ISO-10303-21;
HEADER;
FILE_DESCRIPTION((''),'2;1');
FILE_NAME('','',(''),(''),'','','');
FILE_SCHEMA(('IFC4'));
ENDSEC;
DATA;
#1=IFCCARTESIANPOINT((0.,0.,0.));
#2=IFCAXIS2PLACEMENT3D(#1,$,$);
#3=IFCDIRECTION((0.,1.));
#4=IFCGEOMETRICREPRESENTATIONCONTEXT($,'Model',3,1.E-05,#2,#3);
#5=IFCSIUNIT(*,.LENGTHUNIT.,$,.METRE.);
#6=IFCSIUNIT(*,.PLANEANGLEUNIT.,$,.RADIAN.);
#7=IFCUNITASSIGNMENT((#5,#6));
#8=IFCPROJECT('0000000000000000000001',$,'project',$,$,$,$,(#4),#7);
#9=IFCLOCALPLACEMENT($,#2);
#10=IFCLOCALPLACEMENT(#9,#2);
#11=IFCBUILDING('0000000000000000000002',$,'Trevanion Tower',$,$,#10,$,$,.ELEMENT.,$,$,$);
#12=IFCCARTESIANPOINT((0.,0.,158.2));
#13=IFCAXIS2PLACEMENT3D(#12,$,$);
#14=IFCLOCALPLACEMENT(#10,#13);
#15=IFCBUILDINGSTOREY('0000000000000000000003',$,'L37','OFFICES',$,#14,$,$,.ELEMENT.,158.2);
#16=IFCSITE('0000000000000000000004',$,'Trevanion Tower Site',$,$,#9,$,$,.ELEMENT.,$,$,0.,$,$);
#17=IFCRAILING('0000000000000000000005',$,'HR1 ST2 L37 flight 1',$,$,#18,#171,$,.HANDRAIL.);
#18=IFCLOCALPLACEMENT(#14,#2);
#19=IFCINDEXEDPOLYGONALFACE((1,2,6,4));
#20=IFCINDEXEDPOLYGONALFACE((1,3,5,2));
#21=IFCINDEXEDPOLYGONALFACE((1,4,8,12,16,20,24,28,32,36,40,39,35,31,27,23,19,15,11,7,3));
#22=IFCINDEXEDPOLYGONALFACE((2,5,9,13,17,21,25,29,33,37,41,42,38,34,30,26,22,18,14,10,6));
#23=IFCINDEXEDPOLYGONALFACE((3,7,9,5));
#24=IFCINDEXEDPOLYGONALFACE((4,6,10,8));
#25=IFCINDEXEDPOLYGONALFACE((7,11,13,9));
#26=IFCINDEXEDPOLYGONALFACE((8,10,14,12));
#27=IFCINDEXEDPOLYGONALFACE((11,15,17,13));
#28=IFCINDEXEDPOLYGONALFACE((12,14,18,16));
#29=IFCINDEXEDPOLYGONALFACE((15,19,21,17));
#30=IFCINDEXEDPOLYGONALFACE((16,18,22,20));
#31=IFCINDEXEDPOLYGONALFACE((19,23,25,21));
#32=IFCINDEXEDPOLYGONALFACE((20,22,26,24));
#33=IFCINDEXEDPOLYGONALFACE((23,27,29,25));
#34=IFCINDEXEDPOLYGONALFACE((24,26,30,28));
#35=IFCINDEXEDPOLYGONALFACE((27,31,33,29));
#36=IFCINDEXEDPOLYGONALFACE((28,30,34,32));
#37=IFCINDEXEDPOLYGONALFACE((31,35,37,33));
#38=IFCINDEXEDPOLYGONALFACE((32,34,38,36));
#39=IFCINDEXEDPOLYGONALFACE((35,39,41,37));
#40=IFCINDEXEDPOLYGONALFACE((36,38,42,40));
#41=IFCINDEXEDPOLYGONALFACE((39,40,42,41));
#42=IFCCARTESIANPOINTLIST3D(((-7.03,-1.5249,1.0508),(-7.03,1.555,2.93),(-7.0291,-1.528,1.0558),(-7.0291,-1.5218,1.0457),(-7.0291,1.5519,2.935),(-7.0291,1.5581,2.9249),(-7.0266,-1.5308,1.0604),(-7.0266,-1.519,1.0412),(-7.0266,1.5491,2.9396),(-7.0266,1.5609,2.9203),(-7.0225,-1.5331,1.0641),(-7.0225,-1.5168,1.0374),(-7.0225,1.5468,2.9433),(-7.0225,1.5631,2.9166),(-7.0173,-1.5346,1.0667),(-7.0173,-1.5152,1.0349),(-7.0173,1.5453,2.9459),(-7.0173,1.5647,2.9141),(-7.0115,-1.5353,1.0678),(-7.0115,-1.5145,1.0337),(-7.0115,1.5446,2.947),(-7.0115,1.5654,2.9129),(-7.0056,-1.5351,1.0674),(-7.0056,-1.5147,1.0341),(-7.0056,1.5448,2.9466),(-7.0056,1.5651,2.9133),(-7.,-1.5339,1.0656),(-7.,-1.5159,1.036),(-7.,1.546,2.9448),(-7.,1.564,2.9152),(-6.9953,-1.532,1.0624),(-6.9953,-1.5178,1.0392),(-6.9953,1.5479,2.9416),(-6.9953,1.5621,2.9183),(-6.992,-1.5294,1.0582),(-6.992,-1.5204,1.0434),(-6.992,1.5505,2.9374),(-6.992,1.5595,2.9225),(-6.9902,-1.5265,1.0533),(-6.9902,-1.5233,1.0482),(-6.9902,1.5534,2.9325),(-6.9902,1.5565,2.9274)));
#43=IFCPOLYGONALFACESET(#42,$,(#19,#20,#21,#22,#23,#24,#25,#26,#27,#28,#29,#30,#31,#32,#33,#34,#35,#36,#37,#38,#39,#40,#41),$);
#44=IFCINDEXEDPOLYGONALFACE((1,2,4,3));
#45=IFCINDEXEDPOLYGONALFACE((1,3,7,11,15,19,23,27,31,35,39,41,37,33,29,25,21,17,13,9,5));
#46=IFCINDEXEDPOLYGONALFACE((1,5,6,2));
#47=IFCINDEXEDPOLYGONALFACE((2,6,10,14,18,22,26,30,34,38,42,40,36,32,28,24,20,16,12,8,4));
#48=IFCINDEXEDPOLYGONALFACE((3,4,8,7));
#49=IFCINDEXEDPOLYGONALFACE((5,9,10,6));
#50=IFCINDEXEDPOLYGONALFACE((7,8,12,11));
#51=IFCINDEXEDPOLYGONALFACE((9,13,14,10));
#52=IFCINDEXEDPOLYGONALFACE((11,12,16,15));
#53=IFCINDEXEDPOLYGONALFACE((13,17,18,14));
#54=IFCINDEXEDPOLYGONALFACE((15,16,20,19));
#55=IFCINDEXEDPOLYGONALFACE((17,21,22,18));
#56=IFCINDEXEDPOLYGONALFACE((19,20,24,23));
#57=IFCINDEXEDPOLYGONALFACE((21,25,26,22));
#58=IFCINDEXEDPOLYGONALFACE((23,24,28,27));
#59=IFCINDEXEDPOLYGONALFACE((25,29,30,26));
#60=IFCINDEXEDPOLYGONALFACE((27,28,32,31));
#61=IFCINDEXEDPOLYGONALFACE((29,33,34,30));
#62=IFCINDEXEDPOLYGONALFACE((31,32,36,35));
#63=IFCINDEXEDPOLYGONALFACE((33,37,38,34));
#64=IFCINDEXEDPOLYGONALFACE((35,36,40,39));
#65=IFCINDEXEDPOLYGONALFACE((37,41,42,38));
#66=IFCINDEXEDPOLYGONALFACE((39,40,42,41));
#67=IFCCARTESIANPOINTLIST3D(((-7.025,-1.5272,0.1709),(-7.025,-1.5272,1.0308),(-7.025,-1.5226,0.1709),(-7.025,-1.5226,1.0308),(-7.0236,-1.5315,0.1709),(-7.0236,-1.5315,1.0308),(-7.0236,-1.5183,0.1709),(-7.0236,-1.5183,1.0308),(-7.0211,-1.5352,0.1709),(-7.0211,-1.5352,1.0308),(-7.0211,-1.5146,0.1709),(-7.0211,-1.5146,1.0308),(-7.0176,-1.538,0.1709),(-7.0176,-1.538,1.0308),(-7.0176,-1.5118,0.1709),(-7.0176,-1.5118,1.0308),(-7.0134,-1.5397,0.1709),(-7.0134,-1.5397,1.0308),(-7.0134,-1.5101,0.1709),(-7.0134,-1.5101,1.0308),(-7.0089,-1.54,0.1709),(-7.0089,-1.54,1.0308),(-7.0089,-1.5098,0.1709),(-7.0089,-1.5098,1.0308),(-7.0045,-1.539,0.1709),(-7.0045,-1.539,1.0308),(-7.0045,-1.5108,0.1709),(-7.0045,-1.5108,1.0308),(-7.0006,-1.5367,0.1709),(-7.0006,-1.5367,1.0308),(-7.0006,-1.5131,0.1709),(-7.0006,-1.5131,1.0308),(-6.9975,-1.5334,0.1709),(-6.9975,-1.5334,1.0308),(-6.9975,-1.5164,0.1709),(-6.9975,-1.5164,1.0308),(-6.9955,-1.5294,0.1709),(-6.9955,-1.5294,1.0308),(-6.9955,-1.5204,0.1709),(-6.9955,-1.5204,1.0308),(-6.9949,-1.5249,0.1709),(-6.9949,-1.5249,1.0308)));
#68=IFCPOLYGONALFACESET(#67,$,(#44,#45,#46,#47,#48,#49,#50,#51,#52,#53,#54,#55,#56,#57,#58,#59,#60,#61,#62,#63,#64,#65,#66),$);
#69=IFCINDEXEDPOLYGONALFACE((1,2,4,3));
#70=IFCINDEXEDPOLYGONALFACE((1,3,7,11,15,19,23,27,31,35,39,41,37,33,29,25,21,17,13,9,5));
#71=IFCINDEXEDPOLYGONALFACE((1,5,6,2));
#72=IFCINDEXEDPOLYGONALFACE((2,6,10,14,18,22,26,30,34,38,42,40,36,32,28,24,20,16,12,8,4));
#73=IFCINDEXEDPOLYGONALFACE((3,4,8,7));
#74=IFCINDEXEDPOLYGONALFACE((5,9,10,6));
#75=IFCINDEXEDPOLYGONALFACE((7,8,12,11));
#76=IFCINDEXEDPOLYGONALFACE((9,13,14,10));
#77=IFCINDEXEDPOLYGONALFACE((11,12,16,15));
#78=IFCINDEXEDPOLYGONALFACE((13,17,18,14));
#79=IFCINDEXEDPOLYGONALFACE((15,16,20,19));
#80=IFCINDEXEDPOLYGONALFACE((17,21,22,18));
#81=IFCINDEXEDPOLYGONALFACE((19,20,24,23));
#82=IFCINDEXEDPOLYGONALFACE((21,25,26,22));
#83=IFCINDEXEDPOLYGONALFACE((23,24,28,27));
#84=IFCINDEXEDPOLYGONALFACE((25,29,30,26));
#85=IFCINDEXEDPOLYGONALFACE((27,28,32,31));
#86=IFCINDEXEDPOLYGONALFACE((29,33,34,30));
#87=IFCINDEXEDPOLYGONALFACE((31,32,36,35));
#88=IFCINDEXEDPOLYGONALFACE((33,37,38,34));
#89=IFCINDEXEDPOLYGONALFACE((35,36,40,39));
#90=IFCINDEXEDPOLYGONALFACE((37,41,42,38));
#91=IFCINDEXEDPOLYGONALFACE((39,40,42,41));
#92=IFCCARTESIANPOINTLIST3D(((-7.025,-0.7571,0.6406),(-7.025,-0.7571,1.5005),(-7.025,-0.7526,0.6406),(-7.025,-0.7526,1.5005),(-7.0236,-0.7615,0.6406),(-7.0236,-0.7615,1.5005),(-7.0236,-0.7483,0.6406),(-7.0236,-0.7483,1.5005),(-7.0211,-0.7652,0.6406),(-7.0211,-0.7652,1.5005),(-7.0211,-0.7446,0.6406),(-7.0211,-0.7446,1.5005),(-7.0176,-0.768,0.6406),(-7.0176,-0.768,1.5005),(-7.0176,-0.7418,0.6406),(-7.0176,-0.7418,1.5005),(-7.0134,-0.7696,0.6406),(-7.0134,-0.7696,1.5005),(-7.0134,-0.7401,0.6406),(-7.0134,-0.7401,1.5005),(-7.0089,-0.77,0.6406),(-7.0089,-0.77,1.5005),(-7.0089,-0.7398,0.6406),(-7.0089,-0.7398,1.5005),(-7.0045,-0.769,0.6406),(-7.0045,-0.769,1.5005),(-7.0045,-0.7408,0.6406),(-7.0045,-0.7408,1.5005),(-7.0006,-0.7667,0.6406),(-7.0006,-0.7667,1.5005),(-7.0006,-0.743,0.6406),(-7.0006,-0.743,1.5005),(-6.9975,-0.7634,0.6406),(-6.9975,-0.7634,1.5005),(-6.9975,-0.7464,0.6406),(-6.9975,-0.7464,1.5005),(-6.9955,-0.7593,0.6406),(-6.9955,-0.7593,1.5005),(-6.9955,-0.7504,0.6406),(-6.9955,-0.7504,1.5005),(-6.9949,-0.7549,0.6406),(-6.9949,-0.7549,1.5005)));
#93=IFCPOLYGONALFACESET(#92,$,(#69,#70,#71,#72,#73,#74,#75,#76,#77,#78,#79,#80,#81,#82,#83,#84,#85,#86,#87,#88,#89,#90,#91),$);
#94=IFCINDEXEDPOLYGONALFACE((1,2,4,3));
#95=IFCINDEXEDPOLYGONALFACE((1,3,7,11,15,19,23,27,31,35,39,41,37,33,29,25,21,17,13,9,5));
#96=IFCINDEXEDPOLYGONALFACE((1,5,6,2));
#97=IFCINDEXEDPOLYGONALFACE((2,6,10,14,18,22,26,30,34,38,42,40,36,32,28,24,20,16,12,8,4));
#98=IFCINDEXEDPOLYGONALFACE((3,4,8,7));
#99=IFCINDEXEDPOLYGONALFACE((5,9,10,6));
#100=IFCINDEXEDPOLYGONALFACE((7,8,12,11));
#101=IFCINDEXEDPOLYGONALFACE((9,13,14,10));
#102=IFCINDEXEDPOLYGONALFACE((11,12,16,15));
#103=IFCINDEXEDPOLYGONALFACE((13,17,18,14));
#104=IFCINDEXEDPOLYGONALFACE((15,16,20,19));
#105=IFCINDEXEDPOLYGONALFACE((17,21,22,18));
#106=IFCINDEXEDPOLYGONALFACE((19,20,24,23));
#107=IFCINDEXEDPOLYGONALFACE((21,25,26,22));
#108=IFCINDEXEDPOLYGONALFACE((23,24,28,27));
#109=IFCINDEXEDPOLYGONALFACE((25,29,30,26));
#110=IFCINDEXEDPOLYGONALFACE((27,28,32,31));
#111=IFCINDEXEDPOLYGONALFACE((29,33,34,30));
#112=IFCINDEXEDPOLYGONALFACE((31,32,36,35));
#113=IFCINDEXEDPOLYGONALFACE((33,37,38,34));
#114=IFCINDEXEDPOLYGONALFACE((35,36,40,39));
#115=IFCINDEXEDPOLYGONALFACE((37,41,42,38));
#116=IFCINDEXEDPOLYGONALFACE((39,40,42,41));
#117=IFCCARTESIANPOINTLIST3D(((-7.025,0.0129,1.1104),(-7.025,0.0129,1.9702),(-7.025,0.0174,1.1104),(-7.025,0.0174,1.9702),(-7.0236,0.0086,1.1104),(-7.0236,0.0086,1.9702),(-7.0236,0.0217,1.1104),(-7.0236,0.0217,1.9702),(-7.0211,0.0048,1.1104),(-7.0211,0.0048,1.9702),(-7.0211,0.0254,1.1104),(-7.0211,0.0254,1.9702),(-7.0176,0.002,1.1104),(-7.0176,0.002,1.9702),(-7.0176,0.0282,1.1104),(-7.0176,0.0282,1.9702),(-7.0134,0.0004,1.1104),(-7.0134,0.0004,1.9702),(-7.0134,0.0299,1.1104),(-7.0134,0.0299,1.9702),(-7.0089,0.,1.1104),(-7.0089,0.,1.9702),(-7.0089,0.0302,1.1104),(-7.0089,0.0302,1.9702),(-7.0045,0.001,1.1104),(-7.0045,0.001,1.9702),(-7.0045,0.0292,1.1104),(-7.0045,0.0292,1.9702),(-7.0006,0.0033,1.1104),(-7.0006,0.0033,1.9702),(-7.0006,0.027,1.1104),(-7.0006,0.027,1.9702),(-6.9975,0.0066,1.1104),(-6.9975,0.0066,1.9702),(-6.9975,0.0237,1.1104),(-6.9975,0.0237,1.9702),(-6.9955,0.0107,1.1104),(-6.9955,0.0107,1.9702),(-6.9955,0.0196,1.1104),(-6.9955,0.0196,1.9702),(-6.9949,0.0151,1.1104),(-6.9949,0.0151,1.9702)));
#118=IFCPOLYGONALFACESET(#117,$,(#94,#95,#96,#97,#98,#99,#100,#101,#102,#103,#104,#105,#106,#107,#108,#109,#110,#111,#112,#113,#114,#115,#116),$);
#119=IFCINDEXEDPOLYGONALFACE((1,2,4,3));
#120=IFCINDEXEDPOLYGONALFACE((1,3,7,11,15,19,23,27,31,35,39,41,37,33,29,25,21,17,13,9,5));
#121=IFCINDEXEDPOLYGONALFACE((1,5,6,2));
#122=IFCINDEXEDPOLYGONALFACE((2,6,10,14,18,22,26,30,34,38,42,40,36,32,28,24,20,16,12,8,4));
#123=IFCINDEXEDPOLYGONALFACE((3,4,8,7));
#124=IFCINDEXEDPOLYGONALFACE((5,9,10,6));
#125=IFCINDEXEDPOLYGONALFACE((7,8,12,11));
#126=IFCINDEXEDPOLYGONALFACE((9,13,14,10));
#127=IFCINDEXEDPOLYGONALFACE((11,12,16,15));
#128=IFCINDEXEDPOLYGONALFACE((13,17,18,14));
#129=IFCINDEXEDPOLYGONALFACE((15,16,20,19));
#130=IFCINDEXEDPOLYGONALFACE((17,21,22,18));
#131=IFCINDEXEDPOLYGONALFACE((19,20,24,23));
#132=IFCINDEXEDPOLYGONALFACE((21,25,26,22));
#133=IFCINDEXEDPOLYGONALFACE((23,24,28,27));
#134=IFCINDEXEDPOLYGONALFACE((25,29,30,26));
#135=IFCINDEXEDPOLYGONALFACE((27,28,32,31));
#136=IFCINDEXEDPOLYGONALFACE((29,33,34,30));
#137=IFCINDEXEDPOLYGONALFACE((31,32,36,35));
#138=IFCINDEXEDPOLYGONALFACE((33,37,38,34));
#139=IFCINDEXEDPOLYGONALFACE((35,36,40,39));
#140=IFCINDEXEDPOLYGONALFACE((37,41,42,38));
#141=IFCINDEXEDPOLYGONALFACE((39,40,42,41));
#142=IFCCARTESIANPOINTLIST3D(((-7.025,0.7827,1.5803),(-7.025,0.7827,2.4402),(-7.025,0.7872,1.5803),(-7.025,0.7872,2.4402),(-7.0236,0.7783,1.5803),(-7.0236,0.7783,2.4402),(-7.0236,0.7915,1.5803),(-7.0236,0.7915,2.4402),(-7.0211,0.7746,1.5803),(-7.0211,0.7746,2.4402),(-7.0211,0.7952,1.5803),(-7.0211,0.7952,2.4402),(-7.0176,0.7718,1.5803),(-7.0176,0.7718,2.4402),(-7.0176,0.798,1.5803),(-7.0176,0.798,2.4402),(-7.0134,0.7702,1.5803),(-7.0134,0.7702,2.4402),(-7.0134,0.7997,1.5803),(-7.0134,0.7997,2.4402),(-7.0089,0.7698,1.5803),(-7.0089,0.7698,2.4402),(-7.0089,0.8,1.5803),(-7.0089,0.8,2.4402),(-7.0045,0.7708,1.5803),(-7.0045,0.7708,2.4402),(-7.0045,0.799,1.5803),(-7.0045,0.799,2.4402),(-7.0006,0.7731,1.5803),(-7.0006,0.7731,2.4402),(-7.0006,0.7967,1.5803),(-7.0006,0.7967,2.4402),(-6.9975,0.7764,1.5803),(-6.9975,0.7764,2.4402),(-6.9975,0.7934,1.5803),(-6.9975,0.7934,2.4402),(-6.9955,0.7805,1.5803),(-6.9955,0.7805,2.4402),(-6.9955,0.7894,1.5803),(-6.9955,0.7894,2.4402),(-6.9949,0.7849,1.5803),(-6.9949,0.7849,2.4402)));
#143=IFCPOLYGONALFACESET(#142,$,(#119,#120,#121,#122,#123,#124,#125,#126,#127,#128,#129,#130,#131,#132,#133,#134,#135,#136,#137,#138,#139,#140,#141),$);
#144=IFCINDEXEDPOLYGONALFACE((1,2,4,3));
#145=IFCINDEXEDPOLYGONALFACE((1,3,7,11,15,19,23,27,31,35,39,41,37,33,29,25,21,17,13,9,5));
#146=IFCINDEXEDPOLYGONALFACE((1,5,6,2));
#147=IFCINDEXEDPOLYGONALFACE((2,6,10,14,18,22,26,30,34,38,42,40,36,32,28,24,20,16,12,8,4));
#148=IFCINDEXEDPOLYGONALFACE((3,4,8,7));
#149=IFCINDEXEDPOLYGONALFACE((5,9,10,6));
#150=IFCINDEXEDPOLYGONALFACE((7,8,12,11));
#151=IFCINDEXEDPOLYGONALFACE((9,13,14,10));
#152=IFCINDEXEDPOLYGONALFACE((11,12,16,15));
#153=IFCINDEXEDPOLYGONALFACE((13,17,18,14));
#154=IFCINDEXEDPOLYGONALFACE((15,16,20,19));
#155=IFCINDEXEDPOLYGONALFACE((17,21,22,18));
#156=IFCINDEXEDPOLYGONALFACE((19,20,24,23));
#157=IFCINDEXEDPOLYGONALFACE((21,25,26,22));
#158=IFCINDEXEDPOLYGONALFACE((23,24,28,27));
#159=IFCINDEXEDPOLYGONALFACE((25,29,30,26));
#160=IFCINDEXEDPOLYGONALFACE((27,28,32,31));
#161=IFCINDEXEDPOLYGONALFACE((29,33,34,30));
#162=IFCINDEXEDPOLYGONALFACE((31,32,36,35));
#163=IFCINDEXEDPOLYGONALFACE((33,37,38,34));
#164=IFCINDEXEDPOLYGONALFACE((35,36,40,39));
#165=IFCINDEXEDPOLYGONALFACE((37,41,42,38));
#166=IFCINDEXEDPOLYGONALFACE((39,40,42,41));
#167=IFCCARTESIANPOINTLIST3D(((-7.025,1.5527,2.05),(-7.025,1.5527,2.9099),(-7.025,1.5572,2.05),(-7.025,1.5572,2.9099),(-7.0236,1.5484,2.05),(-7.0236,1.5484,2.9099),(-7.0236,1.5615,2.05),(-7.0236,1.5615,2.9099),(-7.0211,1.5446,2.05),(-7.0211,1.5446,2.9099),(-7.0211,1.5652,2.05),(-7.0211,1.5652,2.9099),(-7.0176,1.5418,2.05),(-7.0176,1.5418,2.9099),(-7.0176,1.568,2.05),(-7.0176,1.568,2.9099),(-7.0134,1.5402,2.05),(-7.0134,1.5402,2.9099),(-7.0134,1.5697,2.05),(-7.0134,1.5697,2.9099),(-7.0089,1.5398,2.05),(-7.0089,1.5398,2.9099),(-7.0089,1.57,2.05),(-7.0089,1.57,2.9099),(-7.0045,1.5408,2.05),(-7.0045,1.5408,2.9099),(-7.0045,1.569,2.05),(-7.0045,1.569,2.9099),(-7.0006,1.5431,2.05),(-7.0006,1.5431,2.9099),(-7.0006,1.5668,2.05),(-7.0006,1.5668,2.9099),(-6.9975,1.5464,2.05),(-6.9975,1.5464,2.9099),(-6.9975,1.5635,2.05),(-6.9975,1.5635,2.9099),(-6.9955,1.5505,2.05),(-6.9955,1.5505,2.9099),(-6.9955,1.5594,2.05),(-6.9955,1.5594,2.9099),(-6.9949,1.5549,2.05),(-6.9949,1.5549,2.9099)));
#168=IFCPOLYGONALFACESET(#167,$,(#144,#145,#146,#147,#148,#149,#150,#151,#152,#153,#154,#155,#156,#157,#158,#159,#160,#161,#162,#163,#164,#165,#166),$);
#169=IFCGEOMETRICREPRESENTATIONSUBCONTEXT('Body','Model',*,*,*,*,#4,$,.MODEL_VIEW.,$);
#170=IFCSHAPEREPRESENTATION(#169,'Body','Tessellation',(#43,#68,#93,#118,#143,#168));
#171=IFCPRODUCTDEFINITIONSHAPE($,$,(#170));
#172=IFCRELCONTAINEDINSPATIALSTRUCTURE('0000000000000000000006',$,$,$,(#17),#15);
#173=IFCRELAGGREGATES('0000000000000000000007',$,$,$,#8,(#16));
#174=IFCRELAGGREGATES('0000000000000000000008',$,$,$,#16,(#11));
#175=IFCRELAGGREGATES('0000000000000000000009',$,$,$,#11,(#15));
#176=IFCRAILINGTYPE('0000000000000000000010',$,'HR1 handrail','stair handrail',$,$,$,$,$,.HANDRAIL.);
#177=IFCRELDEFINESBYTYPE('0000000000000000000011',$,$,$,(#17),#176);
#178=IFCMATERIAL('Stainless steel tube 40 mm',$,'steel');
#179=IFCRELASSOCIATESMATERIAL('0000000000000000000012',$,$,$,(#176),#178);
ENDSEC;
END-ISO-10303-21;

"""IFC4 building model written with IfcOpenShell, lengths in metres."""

from ifc_helpers import new_model, si_unit, direction, frame, origin, origin_2d, place, context, subcontext, project, spatial, circle, extrude, material, type_object, element, save


model = new_model("IFC4")

# Units and contexts
model_context = context("Model", 3, precision=1e-05, world=origin(), true_north=direction((0.0, 1.0)))
body_context = subcontext(model_context, "Body", "Model", "MODEL_VIEW")
ifc_project = project(units=[si_unit("LENGTHUNIT", "METRE"), si_unit("PLANEANGLEUNIT", "RADIAN")], contexts=[model_context])

# Site, building, storey
site_placement = place(None, origin())
site = spatial("IfcSite", under=ifc_project, at=site_placement, Name="Trevanion Tower Site", CompositionType="ELEMENT", RefElevation=0.0)
building_placement = place(site_placement, origin())
building = spatial("IfcBuilding", under=site, at=building_placement, Name="Trevanion Tower", CompositionType="ELEMENT")
storey_placement = place(building_placement, frame((0.0, 0.0, 158.2)))
storey = spatial("IfcBuildingStorey", under=building, at=storey_placement, Name="L37", Description="OFFICES", CompositionType="ELEMENT", Elevation=158.2)

# Railing
ifc_material_1 = material(Name="Stainless steel tube 40 mm", Category="steel")
railing_type = type_object("IfcRailingType", Name="HR1 handrail", Description="stair handrail", PredefinedType="HANDRAIL", material=ifc_material_1)
for number, where, name in (
    (1, (-7.01, -1.5249, 0.1709), "HR1 ST2 L37 flight 1"),
):
    element("IfcRailing", number, at=place(storey_placement, frame(where)), inside=storey, type_object=railing_type, Name=name, PredefinedType="HANDRAIL", context=body_context, shape_type="SweptSolid", body=[
        extrude(circle(Radius=0.02, at=origin_2d()), frame((0.0, 0.0, 0.8799), z_axis=(0.0, 0.853648, 0.52085), x_axis=(-1.0, 0.0, 0.0)), (0.0, 0.0, 1.0), 3.6079),
        extrude(circle(Radius=0.0151, at=origin_2d()), origin(), (0.0, 0.0, 1.0), 0.8599),
        extrude(circle(Radius=0.0151, at=origin_2d()), frame((0.0, 0.77, 0.4697)), (0.0, 0.0, 1.0), 0.8599),
        extrude(circle(Radius=0.0151, at=origin_2d()), frame((0.0, 1.54, 0.9395)), (0.0, 0.0, 1.0), 0.8599),
        extrude(circle(Radius=0.0151, at=origin_2d()), frame((0.0, 2.3098, 1.4094)), (0.0, 0.0, 1.0), 0.8599),
        extrude(circle(Radius=0.0151, at=origin_2d()), frame((0.0, 3.0798, 1.8792)), (0.0, 0.0, 1.0), 0.8599),
    ])

save(model, "model.ifc")
